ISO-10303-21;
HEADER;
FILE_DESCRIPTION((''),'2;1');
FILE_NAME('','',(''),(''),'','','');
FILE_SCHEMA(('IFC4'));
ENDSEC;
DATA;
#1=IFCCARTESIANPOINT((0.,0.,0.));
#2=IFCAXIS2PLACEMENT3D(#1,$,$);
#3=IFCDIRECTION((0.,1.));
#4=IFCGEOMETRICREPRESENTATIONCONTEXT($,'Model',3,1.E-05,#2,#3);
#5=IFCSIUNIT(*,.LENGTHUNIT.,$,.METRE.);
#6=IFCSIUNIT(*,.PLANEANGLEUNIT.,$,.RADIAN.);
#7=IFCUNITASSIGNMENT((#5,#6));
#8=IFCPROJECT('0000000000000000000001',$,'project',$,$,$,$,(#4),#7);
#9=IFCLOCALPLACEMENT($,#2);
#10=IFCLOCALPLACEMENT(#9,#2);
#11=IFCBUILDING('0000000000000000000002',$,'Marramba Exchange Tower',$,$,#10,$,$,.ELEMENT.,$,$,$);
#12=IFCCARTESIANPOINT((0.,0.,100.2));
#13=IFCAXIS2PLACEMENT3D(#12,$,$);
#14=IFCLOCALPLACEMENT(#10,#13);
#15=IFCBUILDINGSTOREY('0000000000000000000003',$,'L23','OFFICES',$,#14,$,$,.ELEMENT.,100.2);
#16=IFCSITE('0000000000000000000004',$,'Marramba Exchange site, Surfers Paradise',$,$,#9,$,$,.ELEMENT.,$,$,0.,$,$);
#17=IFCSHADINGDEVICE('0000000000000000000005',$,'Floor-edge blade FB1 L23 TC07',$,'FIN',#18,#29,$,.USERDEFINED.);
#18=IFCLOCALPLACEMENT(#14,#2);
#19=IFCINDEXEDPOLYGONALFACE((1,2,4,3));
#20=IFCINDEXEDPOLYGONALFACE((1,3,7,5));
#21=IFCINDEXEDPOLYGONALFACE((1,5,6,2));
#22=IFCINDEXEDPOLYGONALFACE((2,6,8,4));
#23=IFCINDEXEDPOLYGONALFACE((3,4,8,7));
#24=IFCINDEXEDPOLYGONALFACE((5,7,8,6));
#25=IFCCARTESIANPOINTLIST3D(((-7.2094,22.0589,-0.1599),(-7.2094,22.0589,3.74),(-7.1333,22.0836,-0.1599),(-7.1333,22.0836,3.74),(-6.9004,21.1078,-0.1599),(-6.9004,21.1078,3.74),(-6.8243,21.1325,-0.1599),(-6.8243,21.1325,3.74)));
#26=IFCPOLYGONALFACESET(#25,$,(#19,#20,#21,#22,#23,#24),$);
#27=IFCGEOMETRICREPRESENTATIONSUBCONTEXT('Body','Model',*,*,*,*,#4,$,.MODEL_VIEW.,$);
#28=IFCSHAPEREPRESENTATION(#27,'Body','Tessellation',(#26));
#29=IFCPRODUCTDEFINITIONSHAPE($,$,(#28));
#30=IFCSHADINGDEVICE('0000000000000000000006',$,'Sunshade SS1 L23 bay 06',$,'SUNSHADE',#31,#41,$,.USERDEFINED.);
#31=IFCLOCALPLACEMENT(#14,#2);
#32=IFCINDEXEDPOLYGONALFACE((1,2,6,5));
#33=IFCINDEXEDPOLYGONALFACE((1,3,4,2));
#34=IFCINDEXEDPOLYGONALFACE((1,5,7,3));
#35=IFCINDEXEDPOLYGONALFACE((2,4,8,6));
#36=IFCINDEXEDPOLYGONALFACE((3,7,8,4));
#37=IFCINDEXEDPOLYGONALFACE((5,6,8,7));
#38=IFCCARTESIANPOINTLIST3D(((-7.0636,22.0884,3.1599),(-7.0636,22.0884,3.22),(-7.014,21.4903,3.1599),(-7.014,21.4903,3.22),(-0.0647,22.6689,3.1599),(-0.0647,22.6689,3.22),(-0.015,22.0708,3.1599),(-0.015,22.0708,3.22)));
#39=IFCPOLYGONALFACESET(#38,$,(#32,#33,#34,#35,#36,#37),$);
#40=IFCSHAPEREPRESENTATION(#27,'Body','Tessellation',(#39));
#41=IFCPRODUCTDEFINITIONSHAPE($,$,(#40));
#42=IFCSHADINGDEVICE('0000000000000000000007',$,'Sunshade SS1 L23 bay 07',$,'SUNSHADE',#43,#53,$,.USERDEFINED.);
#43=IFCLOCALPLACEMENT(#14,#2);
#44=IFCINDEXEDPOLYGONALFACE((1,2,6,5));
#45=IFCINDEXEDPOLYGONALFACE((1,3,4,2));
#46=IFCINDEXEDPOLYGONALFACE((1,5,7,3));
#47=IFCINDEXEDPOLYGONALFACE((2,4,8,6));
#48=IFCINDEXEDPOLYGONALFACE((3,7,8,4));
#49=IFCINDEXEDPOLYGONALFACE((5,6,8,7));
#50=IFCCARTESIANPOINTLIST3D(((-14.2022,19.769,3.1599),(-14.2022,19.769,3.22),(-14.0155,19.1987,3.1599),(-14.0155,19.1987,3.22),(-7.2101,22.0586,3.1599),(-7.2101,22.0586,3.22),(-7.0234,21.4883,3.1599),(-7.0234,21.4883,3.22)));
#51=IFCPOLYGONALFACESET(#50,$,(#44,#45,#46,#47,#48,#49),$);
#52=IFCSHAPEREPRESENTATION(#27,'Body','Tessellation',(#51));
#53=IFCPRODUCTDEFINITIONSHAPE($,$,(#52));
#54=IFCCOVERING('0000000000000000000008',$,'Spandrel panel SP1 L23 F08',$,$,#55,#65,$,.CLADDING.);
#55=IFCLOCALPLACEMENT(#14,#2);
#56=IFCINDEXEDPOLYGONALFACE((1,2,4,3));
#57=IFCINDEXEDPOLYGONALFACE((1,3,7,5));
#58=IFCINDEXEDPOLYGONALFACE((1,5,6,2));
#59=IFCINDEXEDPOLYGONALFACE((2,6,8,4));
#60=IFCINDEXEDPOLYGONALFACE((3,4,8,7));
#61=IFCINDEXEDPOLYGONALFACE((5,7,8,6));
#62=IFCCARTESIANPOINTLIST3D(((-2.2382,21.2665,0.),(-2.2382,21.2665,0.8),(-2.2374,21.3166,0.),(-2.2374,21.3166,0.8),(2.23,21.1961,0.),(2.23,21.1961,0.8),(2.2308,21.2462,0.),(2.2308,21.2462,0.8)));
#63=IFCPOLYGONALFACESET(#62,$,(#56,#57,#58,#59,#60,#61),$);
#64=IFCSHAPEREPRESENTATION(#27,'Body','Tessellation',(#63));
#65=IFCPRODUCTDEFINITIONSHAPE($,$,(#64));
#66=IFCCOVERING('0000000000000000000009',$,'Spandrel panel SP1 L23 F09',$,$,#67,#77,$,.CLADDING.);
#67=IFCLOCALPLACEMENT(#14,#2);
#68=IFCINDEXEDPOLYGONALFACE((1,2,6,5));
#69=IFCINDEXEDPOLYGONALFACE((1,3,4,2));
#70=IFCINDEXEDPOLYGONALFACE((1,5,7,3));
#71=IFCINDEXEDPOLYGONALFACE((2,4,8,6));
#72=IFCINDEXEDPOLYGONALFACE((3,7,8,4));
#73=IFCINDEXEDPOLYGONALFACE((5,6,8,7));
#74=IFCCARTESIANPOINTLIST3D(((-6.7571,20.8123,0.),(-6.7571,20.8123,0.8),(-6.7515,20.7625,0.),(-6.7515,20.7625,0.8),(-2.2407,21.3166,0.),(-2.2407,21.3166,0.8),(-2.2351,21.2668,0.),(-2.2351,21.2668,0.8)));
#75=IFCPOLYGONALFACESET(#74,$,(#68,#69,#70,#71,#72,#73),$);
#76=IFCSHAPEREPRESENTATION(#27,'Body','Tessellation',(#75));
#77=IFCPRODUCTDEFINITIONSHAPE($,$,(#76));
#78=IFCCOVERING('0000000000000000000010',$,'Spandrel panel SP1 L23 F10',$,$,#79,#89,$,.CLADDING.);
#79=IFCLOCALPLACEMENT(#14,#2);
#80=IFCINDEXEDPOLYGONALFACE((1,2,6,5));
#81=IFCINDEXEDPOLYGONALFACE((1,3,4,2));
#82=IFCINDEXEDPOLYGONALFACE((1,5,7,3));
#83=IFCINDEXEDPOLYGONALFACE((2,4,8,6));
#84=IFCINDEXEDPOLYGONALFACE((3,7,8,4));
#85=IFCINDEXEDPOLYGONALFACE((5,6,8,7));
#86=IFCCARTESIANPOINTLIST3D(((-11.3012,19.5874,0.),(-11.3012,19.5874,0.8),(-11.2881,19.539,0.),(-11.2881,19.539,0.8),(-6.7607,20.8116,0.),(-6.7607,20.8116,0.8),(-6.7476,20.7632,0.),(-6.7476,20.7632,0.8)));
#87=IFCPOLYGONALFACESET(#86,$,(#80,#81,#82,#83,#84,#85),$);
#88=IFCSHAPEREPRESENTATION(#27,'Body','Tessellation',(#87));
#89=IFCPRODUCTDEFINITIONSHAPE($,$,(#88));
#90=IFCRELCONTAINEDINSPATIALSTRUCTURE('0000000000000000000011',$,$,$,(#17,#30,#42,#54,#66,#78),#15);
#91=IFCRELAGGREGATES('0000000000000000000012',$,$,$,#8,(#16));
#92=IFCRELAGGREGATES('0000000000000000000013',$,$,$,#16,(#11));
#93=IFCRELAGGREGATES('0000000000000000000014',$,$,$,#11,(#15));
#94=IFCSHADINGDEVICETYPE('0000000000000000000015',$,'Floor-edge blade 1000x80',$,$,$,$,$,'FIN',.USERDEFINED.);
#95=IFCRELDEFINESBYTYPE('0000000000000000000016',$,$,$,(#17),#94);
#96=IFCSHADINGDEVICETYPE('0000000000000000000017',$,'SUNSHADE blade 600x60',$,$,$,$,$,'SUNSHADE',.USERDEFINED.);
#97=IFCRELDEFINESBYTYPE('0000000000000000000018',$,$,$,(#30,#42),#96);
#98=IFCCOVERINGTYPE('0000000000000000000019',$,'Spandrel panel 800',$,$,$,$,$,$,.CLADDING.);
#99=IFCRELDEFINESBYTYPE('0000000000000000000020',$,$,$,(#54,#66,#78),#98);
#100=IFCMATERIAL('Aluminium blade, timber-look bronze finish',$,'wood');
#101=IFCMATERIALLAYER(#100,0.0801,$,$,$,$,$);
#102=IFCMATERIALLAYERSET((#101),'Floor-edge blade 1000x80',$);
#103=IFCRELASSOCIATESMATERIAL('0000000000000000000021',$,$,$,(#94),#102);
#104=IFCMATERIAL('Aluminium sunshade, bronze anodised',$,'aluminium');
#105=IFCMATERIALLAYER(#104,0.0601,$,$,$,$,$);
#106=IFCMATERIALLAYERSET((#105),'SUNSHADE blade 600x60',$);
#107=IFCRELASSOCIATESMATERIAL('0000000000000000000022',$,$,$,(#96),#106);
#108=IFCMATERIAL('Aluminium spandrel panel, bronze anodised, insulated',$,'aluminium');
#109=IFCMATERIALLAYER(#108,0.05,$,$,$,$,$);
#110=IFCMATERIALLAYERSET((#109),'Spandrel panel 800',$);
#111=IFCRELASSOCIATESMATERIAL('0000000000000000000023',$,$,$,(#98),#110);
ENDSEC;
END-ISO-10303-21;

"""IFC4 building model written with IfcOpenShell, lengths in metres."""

from ifc_helpers import new_model, si_unit, direction, frame, origin, origin_2d, place, context, subcontext, project, spatial, rectangle, extrude, material, layer, layer_set, type_object, element, save


model = new_model("IFC4")

# Units and contexts
model_context = context("Model", 3, precision=1e-05, world=origin(), true_north=direction((0.0, 1.0)))
body_context = subcontext(model_context, "Body", "Model", "MODEL_VIEW")
ifc_project = project(units=[si_unit("LENGTHUNIT", "METRE"), si_unit("PLANEANGLEUNIT", "RADIAN")], contexts=[model_context])

# Site, building, storey
site_placement = place(None, origin())
site = spatial("IfcSite", under=ifc_project, at=site_placement, Name="Marramba Exchange site, Surfers Paradise", CompositionType="ELEMENT", RefElevation=0.0)
building_placement = place(site_placement, origin())
building = spatial("IfcBuilding", under=site, at=building_placement, Name="Marramba Exchange Tower", CompositionType="ELEMENT")
storey_placement = place(building_placement, frame((0.0, 0.0, 100.2)))
storey = spatial("IfcBuildingStorey", under=building, at=storey_placement, Name="L23", Description="OFFICES", CompositionType="ELEMENT", Elevation=100.2)

# Shading devices
ifc_material_1 = material(Name="Aluminium blade, timber-look bronze finish", Category="wood")
ifc_layer_1 = layer(ifc_material_1, 0.0801)
ifc_layer_set_1 = layer_set([ifc_layer_1], Name="Floor-edge blade 1000x80")
shading_device_type_1 = type_object("IfcShadingDeviceType", Name="Floor-edge blade 1000x80", ElementType="FIN", PredefinedType="USERDEFINED", material=ifc_layer_set_1)
shading_device_1_placement = place(storey_placement, frame((-7.0168, 21.5957, -0.1599), z_axis=(0.0, 0.0, 1.0), x_axis=(-0.309017, 0.951057, 0.0)))
element("IfcShadingDevice", 1, at=shading_device_1_placement, inside=storey, type_object=shading_device_type_1, Name="Floor-edge blade FB1 L23 TC07", ObjectType="FIN", PredefinedType="USERDEFINED", context=body_context, shape_type="SweptSolid", body=[
    extrude(rectangle(XDim=1.0, YDim=0.0801, at=origin_2d()), origin(), (0.0, 0.0, 1.0), 3.8999),
])
ifc_material_2 = material(Name="Aluminium sunshade, bronze anodised", Category="aluminium")
ifc_layer_2 = layer(ifc_material_2, 0.0601)
ifc_layer_set_2 = layer_set([ifc_layer_2], Name="SUNSHADE blade 600x60")
shading_device_type_2 = type_object("IfcShadingDeviceType", Name="SUNSHADE blade 600x60", ElementType="SUNSHADE", PredefinedType="USERDEFINED", material=ifc_layer_set_2)
shading_device_2_placement = place(storey_placement, frame((-3.5393, 22.0796, 3.1599), z_axis=(0.0, 0.0, 1.0), x_axis=(-0.996578, -0.08266, 0.0)))
element("IfcShadingDevice", 2, at=shading_device_2_placement, inside=storey, type_object=shading_device_type_2, Name="Sunshade SS1 L23 bay 06", ObjectType="SUNSHADE", PredefinedType="USERDEFINED", context=body_context, shape_type="SweptSolid", body=[
    extrude(rectangle(XDim=7.0229, YDim=0.6001, at=origin_2d()), origin(), (0.0, 0.0, 1.0), 0.0601),
])
shading_device_3_placement = place(storey_placement, frame((-10.6128, 20.6287, 3.1599), z_axis=(0.0, 0.0, 1.0), x_axis=(-0.950346, -0.311196, 0.0)))
element("IfcShadingDevice", 3, at=shading_device_3_placement, inside=storey, type_object=shading_device_type_2, Name="Sunshade SS1 L23 bay 07", ObjectType="SUNSHADE", PredefinedType="USERDEFINED", context=body_context, shape_type="SweptSolid", body=[
    extrude(rectangle(XDim=7.3574, YDim=0.6001, at=origin_2d()), origin(), (0.0, 0.0, 1.0), 0.0601),
])

# Coverings
ifc_material_3 = material(Name="Aluminium spandrel panel, bronze anodised, insulated", Category="aluminium")
ifc_layer_3 = layer(ifc_material_3, 0.05)
ifc_layer_set_3 = layer_set([ifc_layer_3], Name="Spandrel panel 800")
covering_type = type_object("IfcCoveringType", Name="Spandrel panel 800", PredefinedType="CLADDING", material=ifc_layer_set_3)
covering_1_placement = place(storey_placement, frame((-0.0037, 21.2563, 0.0), z_axis=(0.0, 0.0, 1.0), x_axis=(-0.999876, 0.015756, 0.0)))
element("IfcCovering", 4, at=covering_1_placement, inside=storey, type_object=covering_type, Name="Spandrel panel SP1 L23 F08", PredefinedType="CLADDING", context=body_context, shape_type="SweptSolid", body=[
    extrude(rectangle(XDim=4.4688, YDim=0.05, at=origin_2d()), origin(), (0.0, 0.0, 1.0), 0.8),
])
covering_2_placement = place(storey_placement, frame((-4.4961, 21.0396, 0.0), z_axis=(0.0, 0.0, 1.0), x_axis=(-0.993823, -0.110973, 0.0)))
element("IfcCovering", 5, at=covering_2_placement, inside=storey, type_object=covering_type, Name="Spandrel panel SP1 L23 F09", PredefinedType="CLADDING", context=body_context, shape_type="SweptSolid", body=[
    extrude(rectangle(XDim=4.5444, YDim=0.05, at=origin_2d()), origin(), (0.0, 0.0, 1.0), 0.8),
])
covering_3_placement = place(storey_placement, frame((-9.0244, 20.1753, 0.0), z_axis=(0.0, 0.0, 1.0), x_axis=(-0.965522, -0.260321, 0.0)))
element("IfcCovering", 6, at=covering_3_placement, inside=storey, type_object=covering_type, Name="Spandrel panel SP1 L23 F10", PredefinedType="CLADDING", context=body_context, shape_type="SweptSolid", body=[
    extrude(rectangle(XDim=4.7026, YDim=0.05, at=origin_2d()), origin(), (0.0, 0.0, 1.0), 0.8),
])

save(model, "model.ifc")
